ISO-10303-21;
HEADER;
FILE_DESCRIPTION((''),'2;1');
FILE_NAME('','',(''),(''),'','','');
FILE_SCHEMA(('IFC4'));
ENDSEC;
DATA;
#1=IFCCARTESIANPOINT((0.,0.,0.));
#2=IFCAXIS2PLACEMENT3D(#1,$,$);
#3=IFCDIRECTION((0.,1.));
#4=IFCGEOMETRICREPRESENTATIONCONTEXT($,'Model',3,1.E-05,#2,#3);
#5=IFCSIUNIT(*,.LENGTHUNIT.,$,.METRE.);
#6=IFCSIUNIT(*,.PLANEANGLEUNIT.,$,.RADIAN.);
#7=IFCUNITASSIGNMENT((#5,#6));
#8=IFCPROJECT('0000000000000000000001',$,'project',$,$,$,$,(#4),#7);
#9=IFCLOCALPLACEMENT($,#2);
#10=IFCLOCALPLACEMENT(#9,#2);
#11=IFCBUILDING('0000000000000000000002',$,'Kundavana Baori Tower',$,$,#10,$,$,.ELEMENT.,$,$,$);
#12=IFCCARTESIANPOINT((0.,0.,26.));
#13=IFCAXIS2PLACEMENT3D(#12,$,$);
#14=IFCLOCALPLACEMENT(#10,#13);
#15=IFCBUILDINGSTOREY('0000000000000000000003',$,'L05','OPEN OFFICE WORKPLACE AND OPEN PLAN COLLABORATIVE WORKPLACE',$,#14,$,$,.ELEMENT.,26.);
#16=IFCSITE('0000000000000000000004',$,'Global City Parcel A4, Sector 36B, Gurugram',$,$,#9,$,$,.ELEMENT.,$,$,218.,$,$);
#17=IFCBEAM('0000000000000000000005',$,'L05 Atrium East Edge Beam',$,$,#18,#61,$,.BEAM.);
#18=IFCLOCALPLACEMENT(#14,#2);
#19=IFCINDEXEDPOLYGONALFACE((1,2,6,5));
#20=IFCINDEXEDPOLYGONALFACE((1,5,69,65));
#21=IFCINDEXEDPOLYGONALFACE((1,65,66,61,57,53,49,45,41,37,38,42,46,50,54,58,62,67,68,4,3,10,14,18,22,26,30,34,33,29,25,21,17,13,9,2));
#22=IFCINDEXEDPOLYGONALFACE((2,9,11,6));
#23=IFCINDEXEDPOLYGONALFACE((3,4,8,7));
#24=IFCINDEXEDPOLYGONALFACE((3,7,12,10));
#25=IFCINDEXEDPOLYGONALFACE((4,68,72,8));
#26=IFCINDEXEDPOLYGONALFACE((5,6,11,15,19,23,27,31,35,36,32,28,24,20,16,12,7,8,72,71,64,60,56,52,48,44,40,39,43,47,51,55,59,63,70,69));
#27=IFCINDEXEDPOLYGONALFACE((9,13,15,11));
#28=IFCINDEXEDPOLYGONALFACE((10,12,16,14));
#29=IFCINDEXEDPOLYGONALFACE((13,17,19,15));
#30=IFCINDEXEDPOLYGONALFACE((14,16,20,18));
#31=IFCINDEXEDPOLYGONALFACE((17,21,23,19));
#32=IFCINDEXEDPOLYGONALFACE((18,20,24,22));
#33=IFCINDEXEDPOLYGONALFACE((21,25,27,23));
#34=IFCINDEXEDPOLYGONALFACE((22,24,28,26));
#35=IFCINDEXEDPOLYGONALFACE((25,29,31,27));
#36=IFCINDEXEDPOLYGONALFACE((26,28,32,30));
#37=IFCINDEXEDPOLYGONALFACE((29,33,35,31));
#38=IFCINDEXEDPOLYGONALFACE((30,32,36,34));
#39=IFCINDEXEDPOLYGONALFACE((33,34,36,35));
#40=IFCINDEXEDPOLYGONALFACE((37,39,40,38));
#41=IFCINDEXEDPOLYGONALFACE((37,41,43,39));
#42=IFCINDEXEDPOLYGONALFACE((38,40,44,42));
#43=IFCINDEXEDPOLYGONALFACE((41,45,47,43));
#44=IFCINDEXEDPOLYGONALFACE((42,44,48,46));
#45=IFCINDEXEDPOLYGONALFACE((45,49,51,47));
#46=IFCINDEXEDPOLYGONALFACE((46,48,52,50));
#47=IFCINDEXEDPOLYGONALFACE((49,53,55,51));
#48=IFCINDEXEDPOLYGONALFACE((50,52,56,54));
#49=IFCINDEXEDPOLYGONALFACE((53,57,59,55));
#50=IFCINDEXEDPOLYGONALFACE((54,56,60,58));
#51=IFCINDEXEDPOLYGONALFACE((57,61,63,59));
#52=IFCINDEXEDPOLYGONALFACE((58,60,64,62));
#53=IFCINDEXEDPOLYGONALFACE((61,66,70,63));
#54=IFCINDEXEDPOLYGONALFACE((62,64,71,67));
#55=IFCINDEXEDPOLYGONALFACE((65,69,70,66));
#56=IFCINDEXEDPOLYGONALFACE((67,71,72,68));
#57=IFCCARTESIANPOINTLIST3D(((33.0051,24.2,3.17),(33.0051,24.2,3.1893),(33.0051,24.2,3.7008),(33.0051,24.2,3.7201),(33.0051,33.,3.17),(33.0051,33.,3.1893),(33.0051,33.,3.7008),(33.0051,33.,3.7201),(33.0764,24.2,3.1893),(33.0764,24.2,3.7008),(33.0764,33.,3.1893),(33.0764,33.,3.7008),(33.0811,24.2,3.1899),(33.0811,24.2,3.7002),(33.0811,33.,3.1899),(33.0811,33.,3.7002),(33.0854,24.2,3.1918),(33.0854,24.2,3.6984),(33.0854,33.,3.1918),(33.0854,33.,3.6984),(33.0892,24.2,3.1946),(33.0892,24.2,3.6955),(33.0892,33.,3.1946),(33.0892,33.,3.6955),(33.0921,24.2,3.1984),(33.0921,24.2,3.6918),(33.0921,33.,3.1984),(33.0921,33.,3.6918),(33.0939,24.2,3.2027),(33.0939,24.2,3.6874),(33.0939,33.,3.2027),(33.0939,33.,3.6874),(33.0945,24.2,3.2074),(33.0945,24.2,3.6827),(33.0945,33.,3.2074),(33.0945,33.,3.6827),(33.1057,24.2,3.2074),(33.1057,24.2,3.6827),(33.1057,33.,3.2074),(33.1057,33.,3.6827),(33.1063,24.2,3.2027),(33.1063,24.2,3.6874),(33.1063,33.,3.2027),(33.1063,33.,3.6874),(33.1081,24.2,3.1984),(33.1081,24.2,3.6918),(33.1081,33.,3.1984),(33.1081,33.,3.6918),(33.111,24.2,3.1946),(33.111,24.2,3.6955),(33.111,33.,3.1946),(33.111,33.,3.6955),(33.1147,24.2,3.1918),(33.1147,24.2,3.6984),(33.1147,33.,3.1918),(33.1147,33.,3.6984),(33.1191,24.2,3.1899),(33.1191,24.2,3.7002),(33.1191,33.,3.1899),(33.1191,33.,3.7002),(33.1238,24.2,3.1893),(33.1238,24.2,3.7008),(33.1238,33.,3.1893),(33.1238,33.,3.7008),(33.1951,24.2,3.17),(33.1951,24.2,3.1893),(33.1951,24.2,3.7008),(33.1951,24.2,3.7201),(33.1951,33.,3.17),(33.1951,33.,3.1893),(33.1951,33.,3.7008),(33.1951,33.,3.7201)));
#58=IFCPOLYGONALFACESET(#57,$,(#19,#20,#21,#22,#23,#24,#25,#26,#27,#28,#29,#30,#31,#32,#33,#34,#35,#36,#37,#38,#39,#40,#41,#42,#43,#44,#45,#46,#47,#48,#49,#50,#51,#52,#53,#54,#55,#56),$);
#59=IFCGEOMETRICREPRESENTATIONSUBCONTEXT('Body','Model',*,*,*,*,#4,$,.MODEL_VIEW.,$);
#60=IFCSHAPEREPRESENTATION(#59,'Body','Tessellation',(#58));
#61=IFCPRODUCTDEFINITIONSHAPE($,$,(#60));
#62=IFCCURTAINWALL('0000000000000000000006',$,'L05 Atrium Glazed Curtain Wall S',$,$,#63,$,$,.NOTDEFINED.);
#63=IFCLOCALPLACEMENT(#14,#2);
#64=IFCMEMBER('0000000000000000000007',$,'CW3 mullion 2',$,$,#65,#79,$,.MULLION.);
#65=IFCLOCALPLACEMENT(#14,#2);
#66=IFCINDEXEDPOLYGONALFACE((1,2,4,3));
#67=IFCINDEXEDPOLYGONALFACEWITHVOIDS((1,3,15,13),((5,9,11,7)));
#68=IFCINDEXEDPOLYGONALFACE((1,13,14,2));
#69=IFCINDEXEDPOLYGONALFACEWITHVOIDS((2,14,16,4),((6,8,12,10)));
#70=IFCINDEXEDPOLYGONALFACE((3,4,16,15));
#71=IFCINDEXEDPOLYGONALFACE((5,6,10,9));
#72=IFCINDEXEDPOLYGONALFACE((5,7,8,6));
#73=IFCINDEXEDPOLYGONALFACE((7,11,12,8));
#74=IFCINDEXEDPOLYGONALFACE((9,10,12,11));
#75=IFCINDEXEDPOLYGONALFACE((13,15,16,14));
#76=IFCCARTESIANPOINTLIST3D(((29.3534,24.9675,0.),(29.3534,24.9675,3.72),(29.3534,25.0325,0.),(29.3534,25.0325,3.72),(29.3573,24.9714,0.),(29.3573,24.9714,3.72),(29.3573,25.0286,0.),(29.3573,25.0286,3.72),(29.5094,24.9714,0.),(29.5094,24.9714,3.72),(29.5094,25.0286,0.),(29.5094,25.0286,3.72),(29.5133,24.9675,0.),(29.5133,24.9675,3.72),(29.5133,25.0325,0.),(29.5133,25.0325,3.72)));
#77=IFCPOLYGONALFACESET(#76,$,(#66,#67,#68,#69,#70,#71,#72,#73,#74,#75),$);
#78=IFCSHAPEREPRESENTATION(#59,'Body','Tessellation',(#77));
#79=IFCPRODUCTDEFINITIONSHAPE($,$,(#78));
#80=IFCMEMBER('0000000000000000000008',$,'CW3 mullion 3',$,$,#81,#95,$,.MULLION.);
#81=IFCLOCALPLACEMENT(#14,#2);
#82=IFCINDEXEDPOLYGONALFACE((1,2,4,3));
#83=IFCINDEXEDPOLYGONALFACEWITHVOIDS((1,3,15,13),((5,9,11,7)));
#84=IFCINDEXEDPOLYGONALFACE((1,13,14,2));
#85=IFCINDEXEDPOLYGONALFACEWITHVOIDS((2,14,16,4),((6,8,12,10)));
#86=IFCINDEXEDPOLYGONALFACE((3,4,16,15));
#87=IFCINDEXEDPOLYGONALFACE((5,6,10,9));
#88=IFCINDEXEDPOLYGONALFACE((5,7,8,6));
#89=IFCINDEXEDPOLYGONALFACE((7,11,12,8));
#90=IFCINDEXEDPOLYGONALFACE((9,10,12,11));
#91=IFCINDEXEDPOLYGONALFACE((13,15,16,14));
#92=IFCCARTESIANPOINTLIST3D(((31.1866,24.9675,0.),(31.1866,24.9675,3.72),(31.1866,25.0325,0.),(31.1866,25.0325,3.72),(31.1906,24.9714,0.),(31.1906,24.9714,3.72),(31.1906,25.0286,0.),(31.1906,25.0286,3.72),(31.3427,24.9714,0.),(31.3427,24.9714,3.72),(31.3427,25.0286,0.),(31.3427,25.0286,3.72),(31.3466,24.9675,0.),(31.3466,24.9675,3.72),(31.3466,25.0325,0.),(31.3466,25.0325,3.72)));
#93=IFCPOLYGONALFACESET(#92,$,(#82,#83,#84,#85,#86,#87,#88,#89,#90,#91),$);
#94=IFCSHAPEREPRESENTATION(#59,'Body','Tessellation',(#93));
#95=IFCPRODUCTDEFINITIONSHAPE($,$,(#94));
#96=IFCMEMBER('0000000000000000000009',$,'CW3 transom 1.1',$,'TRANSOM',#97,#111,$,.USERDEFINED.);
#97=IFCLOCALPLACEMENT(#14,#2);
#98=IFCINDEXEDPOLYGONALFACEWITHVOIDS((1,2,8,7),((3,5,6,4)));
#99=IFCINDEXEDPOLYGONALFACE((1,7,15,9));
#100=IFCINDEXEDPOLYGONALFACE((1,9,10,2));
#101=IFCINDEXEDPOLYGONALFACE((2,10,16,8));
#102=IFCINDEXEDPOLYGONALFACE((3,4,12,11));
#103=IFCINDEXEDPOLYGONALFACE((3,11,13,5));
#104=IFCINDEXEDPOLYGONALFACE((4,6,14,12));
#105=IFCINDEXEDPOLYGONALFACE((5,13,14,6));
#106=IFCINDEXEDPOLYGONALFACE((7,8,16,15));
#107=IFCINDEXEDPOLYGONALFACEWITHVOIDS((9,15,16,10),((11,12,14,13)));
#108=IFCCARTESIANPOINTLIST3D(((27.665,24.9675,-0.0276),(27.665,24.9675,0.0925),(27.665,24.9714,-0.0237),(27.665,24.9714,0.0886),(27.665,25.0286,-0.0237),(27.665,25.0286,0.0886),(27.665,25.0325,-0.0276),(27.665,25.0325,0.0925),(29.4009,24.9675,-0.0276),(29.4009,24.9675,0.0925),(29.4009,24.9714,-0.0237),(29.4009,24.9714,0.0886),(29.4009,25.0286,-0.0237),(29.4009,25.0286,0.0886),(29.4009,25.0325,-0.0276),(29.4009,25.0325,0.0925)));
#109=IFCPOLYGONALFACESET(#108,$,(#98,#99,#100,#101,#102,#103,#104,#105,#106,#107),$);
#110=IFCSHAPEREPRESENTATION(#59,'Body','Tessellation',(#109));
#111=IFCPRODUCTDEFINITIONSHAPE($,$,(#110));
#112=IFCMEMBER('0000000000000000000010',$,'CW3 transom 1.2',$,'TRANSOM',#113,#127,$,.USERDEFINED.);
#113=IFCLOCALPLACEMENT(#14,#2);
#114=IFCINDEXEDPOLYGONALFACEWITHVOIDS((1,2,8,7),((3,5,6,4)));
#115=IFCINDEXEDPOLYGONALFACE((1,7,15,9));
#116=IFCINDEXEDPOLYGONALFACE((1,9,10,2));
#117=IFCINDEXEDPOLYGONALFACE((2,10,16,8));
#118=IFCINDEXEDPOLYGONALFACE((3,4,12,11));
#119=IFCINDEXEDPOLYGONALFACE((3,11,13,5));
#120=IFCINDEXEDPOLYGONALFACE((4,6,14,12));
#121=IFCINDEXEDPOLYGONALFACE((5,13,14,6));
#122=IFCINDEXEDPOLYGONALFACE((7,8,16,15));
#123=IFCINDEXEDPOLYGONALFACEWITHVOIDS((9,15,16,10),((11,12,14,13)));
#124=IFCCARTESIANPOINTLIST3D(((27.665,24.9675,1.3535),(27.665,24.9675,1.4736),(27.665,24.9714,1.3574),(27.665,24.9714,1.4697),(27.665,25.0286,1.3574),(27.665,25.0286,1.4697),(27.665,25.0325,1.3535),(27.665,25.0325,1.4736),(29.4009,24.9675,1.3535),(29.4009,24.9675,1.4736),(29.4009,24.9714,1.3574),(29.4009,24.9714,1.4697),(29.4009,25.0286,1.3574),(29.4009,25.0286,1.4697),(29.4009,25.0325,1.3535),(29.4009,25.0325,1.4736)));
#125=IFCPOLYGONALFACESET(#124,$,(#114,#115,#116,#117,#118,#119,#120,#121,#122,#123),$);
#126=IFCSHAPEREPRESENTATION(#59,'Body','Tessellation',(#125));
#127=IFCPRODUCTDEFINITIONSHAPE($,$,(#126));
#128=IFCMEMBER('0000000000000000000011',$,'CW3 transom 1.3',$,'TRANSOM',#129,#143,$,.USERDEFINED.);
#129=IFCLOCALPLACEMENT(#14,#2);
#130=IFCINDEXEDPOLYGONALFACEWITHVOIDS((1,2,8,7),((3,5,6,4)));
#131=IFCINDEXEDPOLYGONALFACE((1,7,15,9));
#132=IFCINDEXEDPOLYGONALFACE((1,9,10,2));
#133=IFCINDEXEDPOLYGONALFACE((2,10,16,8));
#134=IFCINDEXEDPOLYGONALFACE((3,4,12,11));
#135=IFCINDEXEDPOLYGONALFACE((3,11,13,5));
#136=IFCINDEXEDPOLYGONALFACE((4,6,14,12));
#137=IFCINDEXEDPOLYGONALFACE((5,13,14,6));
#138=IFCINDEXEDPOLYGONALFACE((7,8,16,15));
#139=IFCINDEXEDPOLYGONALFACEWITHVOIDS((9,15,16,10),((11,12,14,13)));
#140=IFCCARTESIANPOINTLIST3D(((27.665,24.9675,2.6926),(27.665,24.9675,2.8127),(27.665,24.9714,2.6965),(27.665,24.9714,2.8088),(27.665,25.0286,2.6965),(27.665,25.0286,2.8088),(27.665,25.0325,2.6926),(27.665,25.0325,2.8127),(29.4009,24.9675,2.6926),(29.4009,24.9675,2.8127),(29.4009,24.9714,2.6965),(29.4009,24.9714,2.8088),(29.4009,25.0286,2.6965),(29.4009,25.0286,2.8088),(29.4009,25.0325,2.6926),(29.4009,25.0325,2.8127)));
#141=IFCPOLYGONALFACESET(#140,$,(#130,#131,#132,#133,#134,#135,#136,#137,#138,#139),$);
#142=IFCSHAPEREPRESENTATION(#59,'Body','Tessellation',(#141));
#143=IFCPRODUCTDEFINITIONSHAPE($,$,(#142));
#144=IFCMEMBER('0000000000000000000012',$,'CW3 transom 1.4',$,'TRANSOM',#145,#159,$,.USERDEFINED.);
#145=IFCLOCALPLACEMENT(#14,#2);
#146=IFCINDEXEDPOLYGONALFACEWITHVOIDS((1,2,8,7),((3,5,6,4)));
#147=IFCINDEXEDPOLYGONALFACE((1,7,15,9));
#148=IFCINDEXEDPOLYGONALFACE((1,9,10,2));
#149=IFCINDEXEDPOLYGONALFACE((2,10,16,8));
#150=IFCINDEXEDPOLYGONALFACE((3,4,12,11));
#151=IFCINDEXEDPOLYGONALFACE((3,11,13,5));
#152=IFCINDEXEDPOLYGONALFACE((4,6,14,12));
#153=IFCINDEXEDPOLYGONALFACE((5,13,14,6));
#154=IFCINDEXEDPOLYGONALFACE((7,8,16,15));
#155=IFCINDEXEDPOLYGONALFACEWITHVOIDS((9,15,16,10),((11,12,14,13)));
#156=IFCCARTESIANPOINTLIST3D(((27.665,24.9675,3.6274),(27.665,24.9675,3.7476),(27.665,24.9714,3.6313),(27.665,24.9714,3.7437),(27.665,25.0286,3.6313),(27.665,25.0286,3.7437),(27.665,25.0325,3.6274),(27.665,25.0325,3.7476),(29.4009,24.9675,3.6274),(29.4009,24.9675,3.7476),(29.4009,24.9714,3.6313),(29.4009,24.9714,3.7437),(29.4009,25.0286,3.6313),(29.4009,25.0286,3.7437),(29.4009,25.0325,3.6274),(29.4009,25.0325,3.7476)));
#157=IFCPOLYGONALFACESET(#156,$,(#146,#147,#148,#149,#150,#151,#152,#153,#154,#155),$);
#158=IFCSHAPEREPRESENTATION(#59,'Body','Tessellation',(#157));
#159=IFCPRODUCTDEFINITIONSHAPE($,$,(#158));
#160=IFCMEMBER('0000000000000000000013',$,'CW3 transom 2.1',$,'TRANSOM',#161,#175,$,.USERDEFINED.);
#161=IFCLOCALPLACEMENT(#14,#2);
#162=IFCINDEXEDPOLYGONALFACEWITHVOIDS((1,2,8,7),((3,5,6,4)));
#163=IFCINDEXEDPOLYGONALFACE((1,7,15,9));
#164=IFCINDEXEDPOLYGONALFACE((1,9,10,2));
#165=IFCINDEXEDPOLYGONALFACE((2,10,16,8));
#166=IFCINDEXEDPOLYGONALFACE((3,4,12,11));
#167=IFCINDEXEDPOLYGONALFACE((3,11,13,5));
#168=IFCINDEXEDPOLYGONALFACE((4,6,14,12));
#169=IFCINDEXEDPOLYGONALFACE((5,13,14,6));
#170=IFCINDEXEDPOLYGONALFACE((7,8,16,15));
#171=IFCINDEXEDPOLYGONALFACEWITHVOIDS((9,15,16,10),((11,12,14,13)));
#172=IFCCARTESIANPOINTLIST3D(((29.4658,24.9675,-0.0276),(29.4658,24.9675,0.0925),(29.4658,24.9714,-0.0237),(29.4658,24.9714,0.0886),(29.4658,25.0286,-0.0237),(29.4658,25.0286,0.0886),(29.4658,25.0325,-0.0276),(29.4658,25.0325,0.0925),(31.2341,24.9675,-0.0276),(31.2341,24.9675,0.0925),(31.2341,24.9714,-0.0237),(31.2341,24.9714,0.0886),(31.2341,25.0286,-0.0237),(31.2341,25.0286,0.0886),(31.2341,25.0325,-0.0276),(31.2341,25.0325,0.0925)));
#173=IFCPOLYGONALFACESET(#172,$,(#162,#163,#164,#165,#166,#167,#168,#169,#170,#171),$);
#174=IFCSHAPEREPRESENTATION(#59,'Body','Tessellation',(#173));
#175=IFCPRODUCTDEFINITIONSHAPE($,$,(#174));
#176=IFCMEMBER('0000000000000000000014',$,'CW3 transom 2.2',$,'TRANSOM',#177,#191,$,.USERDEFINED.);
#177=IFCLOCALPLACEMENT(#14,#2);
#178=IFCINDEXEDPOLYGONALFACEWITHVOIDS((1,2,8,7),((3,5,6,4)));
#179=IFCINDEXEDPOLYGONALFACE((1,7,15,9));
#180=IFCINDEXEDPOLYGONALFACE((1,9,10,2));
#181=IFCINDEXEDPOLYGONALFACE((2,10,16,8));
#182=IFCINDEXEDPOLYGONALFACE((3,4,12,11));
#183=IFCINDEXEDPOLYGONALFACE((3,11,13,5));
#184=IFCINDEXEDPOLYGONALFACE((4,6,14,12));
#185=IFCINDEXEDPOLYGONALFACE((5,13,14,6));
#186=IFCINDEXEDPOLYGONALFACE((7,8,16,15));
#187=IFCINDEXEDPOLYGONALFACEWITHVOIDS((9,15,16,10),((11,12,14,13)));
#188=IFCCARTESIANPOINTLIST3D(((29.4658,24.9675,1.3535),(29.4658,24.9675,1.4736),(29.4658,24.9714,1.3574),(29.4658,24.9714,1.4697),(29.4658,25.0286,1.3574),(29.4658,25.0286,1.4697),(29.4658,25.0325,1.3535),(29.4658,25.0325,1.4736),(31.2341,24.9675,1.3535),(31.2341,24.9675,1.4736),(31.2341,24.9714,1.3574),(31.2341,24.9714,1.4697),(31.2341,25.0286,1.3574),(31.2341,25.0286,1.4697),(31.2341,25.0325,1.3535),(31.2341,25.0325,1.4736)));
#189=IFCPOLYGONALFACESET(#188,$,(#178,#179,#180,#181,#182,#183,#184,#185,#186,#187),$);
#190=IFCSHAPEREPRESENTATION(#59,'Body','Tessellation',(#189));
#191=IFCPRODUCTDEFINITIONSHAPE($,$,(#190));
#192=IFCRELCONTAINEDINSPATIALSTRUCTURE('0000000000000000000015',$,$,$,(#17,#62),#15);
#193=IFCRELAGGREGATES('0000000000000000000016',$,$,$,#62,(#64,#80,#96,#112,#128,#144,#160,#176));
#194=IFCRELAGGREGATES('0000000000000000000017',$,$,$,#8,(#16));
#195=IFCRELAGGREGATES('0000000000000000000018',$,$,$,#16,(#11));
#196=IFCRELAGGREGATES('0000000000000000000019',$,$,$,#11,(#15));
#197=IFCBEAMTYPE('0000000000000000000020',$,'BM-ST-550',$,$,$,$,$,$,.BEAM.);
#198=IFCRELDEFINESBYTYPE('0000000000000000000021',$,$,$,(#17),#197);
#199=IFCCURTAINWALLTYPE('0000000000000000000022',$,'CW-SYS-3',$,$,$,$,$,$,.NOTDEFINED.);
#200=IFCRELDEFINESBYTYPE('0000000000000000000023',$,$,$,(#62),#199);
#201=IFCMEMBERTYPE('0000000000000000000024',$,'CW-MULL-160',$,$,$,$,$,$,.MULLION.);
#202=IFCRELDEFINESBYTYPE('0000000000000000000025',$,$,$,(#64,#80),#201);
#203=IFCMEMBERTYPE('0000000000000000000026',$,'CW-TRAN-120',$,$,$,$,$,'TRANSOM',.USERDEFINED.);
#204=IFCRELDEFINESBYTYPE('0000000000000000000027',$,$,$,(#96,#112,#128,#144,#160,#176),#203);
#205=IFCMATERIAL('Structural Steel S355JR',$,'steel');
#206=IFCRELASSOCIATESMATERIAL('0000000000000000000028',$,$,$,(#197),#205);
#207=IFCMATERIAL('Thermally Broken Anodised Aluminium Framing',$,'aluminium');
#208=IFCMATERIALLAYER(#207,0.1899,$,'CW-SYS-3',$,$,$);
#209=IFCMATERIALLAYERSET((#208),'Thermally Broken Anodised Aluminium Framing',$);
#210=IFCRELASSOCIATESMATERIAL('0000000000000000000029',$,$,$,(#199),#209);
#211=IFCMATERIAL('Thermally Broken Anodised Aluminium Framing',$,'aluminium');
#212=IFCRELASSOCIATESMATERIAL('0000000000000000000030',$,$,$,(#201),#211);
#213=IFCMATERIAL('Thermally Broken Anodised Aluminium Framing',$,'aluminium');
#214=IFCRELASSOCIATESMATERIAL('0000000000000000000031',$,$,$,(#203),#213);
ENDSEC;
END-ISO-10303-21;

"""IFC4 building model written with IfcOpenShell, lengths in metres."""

from ifc_helpers import new_model, si_unit, direction, frame, origin, origin_2d, place, context, subcontext, project, spatial, hollow_rectangle, i_section, extrude, material, layer, layer_set, material_profile, profile_set, type_object, element, aggregate, save


model = new_model("IFC4")

# Units and contexts
model_context = context("Model", 3, precision=1e-05, world=origin(), true_north=direction((0.0, 1.0)))
body_context = subcontext(model_context, "Body", "Model", "MODEL_VIEW")
ifc_project = project(units=[si_unit("LENGTHUNIT", "METRE"), si_unit("PLANEANGLEUNIT", "RADIAN")], contexts=[model_context])

# Site, building, storey
site_placement = place(None, origin())
site = spatial("IfcSite", under=ifc_project, at=site_placement, Name="Global City Parcel A4, Sector 36B, Gurugram", CompositionType="ELEMENT", RefElevation=218.0)
building_placement = place(site_placement, origin())
building = spatial("IfcBuilding", under=site, at=building_placement, Name="Kundavana Baori Tower", CompositionType="ELEMENT")
storey_placement = place(building_placement, frame((0.0, 0.0, 26.0)))
storey = spatial("IfcBuildingStorey", under=building, at=storey_placement, Name="L05", Description="OPEN OFFICE WORKPLACE AND OPEN PLAN COLLABORATIVE WORKPLACE", CompositionType="ELEMENT", Elevation=26.0)

# Beam
ifc_material_1 = material(Name="Structural Steel S355JR", Category="steel")
ifc_material_profile_1 = material_profile(ifc_material_1, i_section(OverallWidth=0.1899, OverallDepth=0.55, WebThickness=0.0112, FlangeThickness=0.0193, FilletRadius=0.0181, at=origin_2d()), Name="ISMB 550")
ifc_profile_set_1 = profile_set([ifc_material_profile_1], Name="Structural Steel S355JR")
beam_type = type_object("IfcBeamType", Name="BM-ST-550", PredefinedType="BEAM", material=ifc_profile_set_1)
beam_placement = place(storey_placement, frame((33.1001, 24.2, 3.4451), z_axis=(0.0, 1.0, 0.0), x_axis=(-1.0, 0.0, 0.0)))
element("IfcBeam", 1, at=beam_placement, inside=storey, type_object=beam_type, Name="L05 Atrium East Edge Beam", PredefinedType="BEAM", context=body_context, shape_type="SweptSolid", body=[
    extrude(i_section(OverallWidth=0.1899, OverallDepth=0.55, WebThickness=0.0112, FlangeThickness=0.0193, FilletRadius=0.0181, at=origin_2d()), origin(), (0.0, 0.0, 1.0), 8.8),
])

# Curtain wall, members
ifc_material_2 = material(Name="Thermally Broken Anodised Aluminium Framing", Category="aluminium")
ifc_layer_1 = layer(ifc_material_2, 0.1899, Name="CW-SYS-3")
ifc_layer_set_1 = layer_set([ifc_layer_1], Name="Thermally Broken Anodised Aluminium Framing")
curtain_wall_type = type_object("IfcCurtainWallType", Name="CW-SYS-3", PredefinedType="NOTDEFINED", material=ifc_layer_set_1)
curtain_wall_placement = place(storey_placement, origin())
curtain_wall = element("IfcCurtainWall", 2, at=curtain_wall_placement, inside=storey, type_object=curtain_wall_type, Name="L05 Atrium Glazed Curtain Wall S", PredefinedType="NOTDEFINED")
ifc_material_3 = material(Name="Thermally Broken Anodised Aluminium Framing", Category="aluminium")
ifc_material_profile_2 = material_profile(ifc_material_3, hollow_rectangle(XDim=0.0649, YDim=0.1599, WallThickness=0.0039, at=origin_2d()), Name="CW-MULL-160")
ifc_profile_set_2 = profile_set([ifc_material_profile_2], Name="Thermally Broken Anodised Aluminium Framing")
member_type_1 = type_object("IfcMemberType", Name="CW-MULL-160", PredefinedType="MULLION", material=ifc_profile_set_2)
member_1_placement = place(storey_placement, frame((29.4333, 25.0, 0.0), z_axis=(0.0, 0.0, 1.0), x_axis=(0.0, 1.0, 0.0)))
member_1 = element("IfcMember", 3, at=member_1_placement, type_object=member_type_1, Name="CW3 mullion 2", PredefinedType="MULLION", context=body_context, shape_type="SweptSolid", body=[
    extrude(hollow_rectangle(XDim=0.0649, YDim=0.1599, WallThickness=0.0039, at=origin_2d()), origin(), (0.0, 0.0, 1.0), 3.72),
])
member_2_placement = place(storey_placement, frame((31.2666, 25.0, 0.0), z_axis=(0.0, 0.0, 1.0), x_axis=(0.0, 1.0, 0.0)))
member_2 = element("IfcMember", 4, at=member_2_placement, type_object=member_type_1, Name="CW3 mullion 3", PredefinedType="MULLION", context=body_context, shape_type="SweptSolid", body=[
    extrude(hollow_rectangle(XDim=0.0649, YDim=0.1599, WallThickness=0.0039, at=origin_2d()), origin(), (0.0, 0.0, 1.0), 3.72),
])
ifc_material_4 = material(Name="Thermally Broken Anodised Aluminium Framing", Category="aluminium")
ifc_material_profile_3 = material_profile(ifc_material_4, hollow_rectangle(XDim=0.0649, YDim=0.1201, WallThickness=0.0039, at=origin_2d()), Name="CW-TRAN-120")
ifc_profile_set_3 = profile_set([ifc_material_profile_3], Name="Thermally Broken Anodised Aluminium Framing")
member_type_2 = type_object("IfcMemberType", Name="CW-TRAN-120", ElementType="TRANSOM", PredefinedType="USERDEFINED", material=ifc_profile_set_3)
member_3_placement = place(storey_placement, frame((27.665, 25.0, 0.0325), z_axis=(1.0, 0.0, 0.0), x_axis=(0.0, 1.0, 0.0)))
member_3 = element("IfcMember", 5, at=member_3_placement, type_object=member_type_2, Name="CW3 transom 1.1", ObjectType="TRANSOM", PredefinedType="USERDEFINED", context=body_context, shape_type="SweptSolid", body=[
    extrude(hollow_rectangle(XDim=0.0649, YDim=0.1201, WallThickness=0.0039, at=origin_2d()), origin(), (0.0, 0.0, 1.0), 1.7358),
])
member_4_placement = place(storey_placement, frame((27.665, 25.0, 1.4136), z_axis=(1.0, 0.0, 0.0), x_axis=(0.0, 1.0, 0.0)))
member_4 = element("IfcMember", 6, at=member_4_placement, type_object=member_type_2, Name="CW3 transom 1.2", ObjectType="TRANSOM", PredefinedType="USERDEFINED", context=body_context, shape_type="SweptSolid", body=[
    extrude(hollow_rectangle(XDim=0.0649, YDim=0.1201, WallThickness=0.0039, at=origin_2d()), origin(), (0.0, 0.0, 1.0), 1.7358),
])
member_5_placement = place(storey_placement, frame((27.665, 25.0, 2.7527), z_axis=(1.0, 0.0, 0.0), x_axis=(0.0, 1.0, 0.0)))
member_5 = element("IfcMember", 7, at=member_5_placement, type_object=member_type_2, Name="CW3 transom 1.3", ObjectType="TRANSOM", PredefinedType="USERDEFINED", context=body_context, shape_type="SweptSolid", body=[
    extrude(hollow_rectangle(XDim=0.0649, YDim=0.1201, WallThickness=0.0039, at=origin_2d()), origin(), (0.0, 0.0, 1.0), 1.7358),
])
member_6_placement = place(storey_placement, frame((27.665, 25.0, 3.6875), z_axis=(1.0, 0.0, 0.0), x_axis=(0.0, 1.0, 0.0)))
member_6 = element("IfcMember", 8, at=member_6_placement, type_object=member_type_2, Name="CW3 transom 1.4", ObjectType="TRANSOM", PredefinedType="USERDEFINED", context=body_context, shape_type="SweptSolid", body=[
    extrude(hollow_rectangle(XDim=0.0649, YDim=0.1201, WallThickness=0.0039, at=origin_2d()), origin(), (0.0, 0.0, 1.0), 1.7358),
])
member_7_placement = place(storey_placement, frame((29.4658, 25.0, 0.0325), z_axis=(1.0, 0.0, 0.0), x_axis=(0.0, 1.0, 0.0)))
member_7 = element("IfcMember", 9, at=member_7_placement, type_object=member_type_2, Name="CW3 transom 2.1", ObjectType="TRANSOM", PredefinedType="USERDEFINED", context=body_context, shape_type="SweptSolid", body=[
    extrude(hollow_rectangle(XDim=0.0649, YDim=0.1201, WallThickness=0.0039, at=origin_2d()), origin(), (0.0, 0.0, 1.0), 1.7683),
])
member_8_placement = place(storey_placement, frame((29.4658, 25.0, 1.4136), z_axis=(1.0, 0.0, 0.0), x_axis=(0.0, 1.0, 0.0)))
member_8 = element("IfcMember", 10, at=member_8_placement, type_object=member_type_2, Name="CW3 transom 2.2", ObjectType="TRANSOM", PredefinedType="USERDEFINED", context=body_context, shape_type="SweptSolid", body=[
    extrude(hollow_rectangle(XDim=0.0649, YDim=0.1201, WallThickness=0.0039, at=origin_2d()), origin(), (0.0, 0.0, 1.0), 1.7683),
])
aggregate(curtain_wall, [member_1, member_2, member_3, member_4, member_5, member_6, member_7, member_8])

save(model, "model.ifc")
